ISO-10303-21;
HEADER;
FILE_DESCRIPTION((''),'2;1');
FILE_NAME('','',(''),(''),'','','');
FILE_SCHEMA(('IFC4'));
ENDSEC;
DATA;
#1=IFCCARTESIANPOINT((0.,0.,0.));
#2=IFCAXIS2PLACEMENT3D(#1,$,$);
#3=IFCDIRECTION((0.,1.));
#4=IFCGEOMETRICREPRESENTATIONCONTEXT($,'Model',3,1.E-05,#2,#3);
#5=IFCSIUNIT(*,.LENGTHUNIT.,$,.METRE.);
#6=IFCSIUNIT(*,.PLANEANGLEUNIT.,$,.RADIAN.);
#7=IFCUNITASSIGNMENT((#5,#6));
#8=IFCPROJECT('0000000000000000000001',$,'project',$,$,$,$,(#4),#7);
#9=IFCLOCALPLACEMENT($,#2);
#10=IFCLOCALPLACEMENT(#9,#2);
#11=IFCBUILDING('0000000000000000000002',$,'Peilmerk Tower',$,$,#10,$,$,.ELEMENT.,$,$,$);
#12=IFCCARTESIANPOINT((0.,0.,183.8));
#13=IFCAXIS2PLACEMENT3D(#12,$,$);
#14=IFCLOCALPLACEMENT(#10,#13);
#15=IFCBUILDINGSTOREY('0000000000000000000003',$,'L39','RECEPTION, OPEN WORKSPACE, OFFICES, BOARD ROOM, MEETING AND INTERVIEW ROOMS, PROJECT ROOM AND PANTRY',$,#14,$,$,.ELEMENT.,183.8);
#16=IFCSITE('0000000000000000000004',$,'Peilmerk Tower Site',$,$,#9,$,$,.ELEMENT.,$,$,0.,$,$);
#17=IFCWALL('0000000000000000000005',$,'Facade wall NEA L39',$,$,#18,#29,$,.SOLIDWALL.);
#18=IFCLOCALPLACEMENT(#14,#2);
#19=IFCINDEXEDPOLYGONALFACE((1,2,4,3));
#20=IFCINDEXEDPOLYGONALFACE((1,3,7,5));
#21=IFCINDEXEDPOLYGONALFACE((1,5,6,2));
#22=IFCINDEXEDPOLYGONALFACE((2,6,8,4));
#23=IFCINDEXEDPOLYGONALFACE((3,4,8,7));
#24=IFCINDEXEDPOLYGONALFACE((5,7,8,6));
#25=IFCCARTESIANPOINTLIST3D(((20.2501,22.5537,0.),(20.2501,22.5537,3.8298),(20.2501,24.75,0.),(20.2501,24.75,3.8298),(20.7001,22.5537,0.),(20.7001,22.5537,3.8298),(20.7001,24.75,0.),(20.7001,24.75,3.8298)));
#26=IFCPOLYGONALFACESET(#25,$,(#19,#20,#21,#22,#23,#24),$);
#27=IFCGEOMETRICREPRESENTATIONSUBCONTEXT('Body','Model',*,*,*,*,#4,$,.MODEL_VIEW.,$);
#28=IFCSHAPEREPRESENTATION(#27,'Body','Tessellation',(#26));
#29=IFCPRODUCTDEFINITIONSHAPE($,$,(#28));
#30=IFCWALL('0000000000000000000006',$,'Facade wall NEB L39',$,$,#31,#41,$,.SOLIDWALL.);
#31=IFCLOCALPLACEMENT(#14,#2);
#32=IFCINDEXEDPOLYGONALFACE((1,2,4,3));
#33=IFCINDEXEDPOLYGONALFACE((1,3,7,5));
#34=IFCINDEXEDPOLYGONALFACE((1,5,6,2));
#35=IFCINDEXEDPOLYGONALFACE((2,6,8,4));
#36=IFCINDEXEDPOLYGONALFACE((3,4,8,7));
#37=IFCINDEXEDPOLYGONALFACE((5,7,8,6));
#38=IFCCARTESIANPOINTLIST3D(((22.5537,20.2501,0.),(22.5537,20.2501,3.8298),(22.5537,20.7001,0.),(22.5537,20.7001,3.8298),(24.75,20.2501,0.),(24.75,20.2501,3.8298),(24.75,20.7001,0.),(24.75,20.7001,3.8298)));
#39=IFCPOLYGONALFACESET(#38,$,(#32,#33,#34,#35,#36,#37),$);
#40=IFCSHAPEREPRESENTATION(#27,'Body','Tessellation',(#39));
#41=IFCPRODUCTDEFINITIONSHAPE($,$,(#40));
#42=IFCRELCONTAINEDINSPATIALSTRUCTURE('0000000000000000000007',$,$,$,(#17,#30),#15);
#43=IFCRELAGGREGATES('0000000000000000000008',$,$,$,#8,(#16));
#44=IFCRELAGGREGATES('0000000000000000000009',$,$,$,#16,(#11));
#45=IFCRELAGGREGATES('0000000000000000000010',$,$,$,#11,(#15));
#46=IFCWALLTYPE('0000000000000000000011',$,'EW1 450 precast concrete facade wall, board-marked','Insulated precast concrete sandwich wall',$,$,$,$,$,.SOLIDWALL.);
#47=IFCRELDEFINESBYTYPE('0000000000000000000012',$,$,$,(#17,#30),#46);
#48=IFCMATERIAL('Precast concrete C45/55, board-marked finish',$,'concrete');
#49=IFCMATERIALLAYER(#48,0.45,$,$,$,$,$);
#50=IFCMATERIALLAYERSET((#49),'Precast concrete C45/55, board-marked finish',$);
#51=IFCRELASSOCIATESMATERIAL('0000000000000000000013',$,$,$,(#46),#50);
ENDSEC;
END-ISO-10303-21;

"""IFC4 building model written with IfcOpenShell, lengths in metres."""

from ifc_helpers import new_model, si_unit, direction, frame, frame_2d, origin, place, context, subcontext, project, spatial, rectangle, extrude, material, layer, layer_set, type_object, element, save


model = new_model("IFC4")

# Units and contexts
model_context = context("Model", 3, precision=1e-05, world=origin(), true_north=direction((0.0, 1.0)))
body_context = subcontext(model_context, "Body", "Model", "MODEL_VIEW")
ifc_project = project(units=[si_unit("LENGTHUNIT", "METRE"), si_unit("PLANEANGLEUNIT", "RADIAN")], contexts=[model_context])

# Site, building, storey
site_placement = place(None, origin())
site = spatial("IfcSite", under=ifc_project, at=site_placement, Name="Peilmerk Tower Site", CompositionType="ELEMENT", RefElevation=0.0)
building_placement = place(site_placement, origin())
building = spatial("IfcBuilding", under=site, at=building_placement, Name="Peilmerk Tower", CompositionType="ELEMENT")
storey_placement = place(building_placement, frame((0.0, 0.0, 183.8)))
storey = spatial("IfcBuildingStorey", under=building, at=storey_placement, Name="L39", Description="RECEPTION, OPEN WORKSPACE, OFFICES, BOARD ROOM, MEETING AND INTERVIEW ROOMS, PROJECT ROOM AND PANTRY", CompositionType="ELEMENT", Elevation=183.8)

# Shared definitions
ifc_material_1 = material(Name="Precast concrete C45/55, board-marked finish", Category="concrete")
ifc_layer_1 = layer(ifc_material_1, 0.45)
ifc_layer_set_1 = layer_set([ifc_layer_1], Name="Precast concrete C45/55, board-marked finish")
wall_type = type_object("IfcWallType", Name="EW1 450 precast concrete facade wall, board-marked", Description="Insulated precast concrete sandwich wall", PredefinedType="SOLIDWALL", material=ifc_layer_set_1)

# Walls
for number, where, z_axis, x_axis, name in (
    (1, (20.4751, 22.5537, 0.0), (0.0, 0.0, 1.0), (0.0, 1.0, 0.0), "Facade wall NEA L39"),
    (2, (22.5537, 20.4751, 0.0), (0.0, 0.0, 1.0), (1.0, 0.0, 0.0), "Facade wall NEB L39"),
):
    element("IfcWall", number, at=place(storey_placement, frame(where, z_axis=z_axis, x_axis=x_axis)), inside=storey, type_object=wall_type, Name=name, PredefinedType="SOLIDWALL", context=body_context, shape_type="SweptSolid", body=[
        extrude(rectangle(XDim=2.1963, YDim=0.45, at=frame_2d((1.0981, 0.0))), origin(), (0.0, 0.0, 1.0), 3.8298),
    ])

save(model, "model.ifc")
